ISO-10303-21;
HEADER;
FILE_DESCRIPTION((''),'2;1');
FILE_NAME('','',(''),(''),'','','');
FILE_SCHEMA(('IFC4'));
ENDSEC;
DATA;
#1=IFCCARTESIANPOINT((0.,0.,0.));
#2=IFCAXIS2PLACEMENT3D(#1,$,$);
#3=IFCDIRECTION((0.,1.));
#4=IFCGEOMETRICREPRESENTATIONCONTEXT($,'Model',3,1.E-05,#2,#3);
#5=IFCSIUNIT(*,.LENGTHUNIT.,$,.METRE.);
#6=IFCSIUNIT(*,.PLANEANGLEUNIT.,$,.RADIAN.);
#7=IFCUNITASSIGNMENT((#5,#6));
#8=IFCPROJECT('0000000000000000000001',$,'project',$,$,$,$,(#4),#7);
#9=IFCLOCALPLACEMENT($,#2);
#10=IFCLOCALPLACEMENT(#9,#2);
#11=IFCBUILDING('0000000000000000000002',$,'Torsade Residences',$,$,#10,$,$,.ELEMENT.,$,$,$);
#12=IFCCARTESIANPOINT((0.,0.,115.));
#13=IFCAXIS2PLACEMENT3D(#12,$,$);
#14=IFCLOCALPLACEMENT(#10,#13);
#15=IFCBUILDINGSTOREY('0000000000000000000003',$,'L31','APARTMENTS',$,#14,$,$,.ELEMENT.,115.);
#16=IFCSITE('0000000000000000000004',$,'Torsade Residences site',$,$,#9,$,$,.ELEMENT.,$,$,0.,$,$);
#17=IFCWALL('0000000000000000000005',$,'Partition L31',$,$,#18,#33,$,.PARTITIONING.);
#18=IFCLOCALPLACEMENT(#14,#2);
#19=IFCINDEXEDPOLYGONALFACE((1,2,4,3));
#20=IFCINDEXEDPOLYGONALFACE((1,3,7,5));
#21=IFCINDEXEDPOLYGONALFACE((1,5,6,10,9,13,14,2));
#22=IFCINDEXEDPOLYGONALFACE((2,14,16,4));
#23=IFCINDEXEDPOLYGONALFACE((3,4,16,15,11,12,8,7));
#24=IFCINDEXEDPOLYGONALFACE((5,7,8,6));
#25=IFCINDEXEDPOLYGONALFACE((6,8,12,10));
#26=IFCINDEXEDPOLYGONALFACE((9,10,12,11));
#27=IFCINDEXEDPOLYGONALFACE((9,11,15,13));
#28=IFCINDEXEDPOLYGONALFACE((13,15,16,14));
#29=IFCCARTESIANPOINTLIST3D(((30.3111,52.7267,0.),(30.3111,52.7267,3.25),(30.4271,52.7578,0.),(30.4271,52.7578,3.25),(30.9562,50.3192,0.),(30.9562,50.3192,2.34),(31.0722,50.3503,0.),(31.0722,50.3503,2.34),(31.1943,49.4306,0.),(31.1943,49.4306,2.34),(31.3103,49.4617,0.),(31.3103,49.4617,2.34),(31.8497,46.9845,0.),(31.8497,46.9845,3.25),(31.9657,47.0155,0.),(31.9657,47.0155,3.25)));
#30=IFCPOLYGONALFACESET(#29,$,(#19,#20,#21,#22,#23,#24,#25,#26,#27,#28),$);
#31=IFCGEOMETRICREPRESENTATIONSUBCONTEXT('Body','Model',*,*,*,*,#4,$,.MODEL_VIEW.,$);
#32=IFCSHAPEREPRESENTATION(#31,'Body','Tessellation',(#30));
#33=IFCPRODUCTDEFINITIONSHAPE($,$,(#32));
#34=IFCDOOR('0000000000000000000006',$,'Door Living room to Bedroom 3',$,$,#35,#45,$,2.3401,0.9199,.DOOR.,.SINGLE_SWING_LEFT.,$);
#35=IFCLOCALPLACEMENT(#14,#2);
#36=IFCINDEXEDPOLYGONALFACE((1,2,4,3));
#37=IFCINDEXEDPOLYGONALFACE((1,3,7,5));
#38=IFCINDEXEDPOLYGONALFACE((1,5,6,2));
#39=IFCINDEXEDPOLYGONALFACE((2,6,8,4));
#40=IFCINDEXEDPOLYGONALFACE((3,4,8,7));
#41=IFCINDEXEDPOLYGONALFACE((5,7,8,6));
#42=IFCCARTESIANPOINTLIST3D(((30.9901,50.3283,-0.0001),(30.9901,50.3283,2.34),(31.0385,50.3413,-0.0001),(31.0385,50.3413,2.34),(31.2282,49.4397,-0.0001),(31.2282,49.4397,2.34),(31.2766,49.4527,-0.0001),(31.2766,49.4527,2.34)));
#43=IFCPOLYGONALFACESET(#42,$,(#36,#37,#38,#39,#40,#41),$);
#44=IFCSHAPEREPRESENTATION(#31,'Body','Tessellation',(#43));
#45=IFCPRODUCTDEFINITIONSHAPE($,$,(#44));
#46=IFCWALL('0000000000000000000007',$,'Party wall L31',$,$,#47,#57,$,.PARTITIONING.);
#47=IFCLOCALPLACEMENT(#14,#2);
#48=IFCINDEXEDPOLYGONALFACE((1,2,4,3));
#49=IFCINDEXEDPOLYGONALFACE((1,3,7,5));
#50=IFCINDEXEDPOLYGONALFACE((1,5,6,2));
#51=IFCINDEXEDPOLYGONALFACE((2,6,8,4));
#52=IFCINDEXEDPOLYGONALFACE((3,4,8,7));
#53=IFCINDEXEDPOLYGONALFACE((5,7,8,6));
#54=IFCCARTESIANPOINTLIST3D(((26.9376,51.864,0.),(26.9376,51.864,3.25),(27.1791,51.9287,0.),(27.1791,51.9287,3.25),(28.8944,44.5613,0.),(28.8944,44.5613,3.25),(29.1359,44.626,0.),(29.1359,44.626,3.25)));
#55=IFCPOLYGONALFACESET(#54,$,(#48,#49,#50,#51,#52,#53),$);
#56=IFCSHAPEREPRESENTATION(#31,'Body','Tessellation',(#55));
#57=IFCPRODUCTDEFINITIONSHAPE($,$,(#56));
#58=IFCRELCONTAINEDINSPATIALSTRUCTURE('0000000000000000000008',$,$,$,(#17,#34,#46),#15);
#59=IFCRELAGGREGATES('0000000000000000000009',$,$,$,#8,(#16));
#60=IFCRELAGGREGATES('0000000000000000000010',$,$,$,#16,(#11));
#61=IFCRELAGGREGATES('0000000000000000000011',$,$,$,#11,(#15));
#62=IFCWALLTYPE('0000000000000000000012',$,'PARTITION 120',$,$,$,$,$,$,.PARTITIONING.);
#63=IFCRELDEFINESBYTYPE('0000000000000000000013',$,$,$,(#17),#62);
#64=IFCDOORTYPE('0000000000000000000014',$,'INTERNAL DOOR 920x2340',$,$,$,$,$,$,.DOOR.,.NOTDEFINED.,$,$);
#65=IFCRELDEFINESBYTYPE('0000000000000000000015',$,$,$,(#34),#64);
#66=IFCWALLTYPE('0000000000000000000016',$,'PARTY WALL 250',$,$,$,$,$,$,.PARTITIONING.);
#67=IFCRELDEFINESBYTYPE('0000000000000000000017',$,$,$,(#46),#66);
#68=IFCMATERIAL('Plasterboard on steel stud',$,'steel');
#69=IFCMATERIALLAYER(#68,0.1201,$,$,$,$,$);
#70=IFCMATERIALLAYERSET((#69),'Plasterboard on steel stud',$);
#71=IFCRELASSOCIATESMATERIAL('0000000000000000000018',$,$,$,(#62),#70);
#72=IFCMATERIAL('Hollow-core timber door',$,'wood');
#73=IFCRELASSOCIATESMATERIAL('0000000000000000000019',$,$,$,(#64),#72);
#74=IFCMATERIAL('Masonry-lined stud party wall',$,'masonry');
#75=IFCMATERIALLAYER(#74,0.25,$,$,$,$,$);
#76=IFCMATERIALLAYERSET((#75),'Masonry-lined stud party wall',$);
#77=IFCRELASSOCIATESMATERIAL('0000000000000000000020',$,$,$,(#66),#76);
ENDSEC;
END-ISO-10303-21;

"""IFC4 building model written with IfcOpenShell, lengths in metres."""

from ifc_helpers import new_model, si_unit, direction, frame, frame_2d, origin, place, context, subcontext, project, spatial, rectangle, extrude, material, layer, layer_set, type_object, element, fill, save


model = new_model("IFC4")

# Units and contexts
model_context = context("Model", 3, precision=1e-05, world=origin(), true_north=direction((0.0, 1.0)))
body_context = subcontext(model_context, "Body", "Model", "MODEL_VIEW")
ifc_project = project(units=[si_unit("LENGTHUNIT", "METRE"), si_unit("PLANEANGLEUNIT", "RADIAN")], contexts=[model_context])

# Site, building, storey
site_placement = place(None, origin())
site = spatial("IfcSite", under=ifc_project, at=site_placement, Name="Torsade Residences site", CompositionType="ELEMENT", RefElevation=0.0)
building_placement = place(site_placement, origin())
building = spatial("IfcBuilding", under=site, at=building_placement, Name="Torsade Residences", CompositionType="ELEMENT")
storey_placement = place(building_placement, frame((0.0, 0.0, 115.0)))
storey = spatial("IfcBuildingStorey", under=building, at=storey_placement, Name="L31", Description="APARTMENTS", CompositionType="ELEMENT", Elevation=115.0)

# Shared definitions
ifc_material_1 = material(Name="Plasterboard on steel stud", Category="steel")
ifc_layer_1 = layer(ifc_material_1, 0.1201)
ifc_layer_set_1 = layer_set([ifc_layer_1], Name="Plasterboard on steel stud")
wall_type_1 = type_object("IfcWallType", Name="PARTITION 120", PredefinedType="PARTITIONING", material=ifc_layer_set_1)

# Wall, opening, door
wall_1_placement = place(storey_placement, frame((31.9077, 47.0, 0.0), z_axis=(0.0, 0.0, 1.0), x_axis=(-0.258813, 0.965928, 0.0)))
wall_1 = element("IfcWall", 1, at=wall_1_placement, inside=storey, type_object=wall_type_1, Name="Partition L31", PredefinedType="PARTITIONING", context=body_context, shape_type="SweptSolid", body=[
    extrude(rectangle(XDim=5.9448, YDim=0.1201, at=frame_2d((2.9724, 0.0))), origin(), (0.0, 0.0, 1.0), 3.25),
])
opening_1_placement = place(wall_1_placement, frame((2.5325, 0.0, 0.0)))
opening_1 = element("IfcOpeningElement", 2, at=opening_1_placement, cuts=wall_1, PredefinedType="OPENING", context=body_context, shape_type="SweptSolid", body=[
    extrude(rectangle(XDim=0.9199, YDim=2.3401, at=frame_2d((0.46, 1.1699))), frame((0.0, 0.0701, 0.0), z_axis=(0.0, -1.0, 0.0), x_axis=(1.0, 0.0, 0.0)), (0.0, 0.0, 1.0), 0.1401),
])
ifc_material_2 = material(Name="Hollow-core timber door", Category="wood")
door_type_1 = type_object("IfcDoorType", Name="INTERNAL DOOR 920x2340", OperationType="NOTDEFINED", PredefinedType="DOOR", material=ifc_material_2)
door_1_placement = place(opening_1_placement, origin())
door_1 = element("IfcDoor", 3, at=door_1_placement, inside=storey, type_object=door_type_1, Name="Door Living room to Bedroom 3", OperationType="SINGLE_SWING_LEFT", OverallHeight=2.3401, OverallWidth=0.9199, PredefinedType="DOOR", context=body_context, shape_type="SweptSolid", body=[
    extrude(rectangle(XDim=0.9199, YDim=2.3401, at=frame_2d((0.46, 1.1699))), frame((0.0, 0.0249, 0.0), z_axis=(0.0, -1.0, 0.0), x_axis=(1.0, 0.0, 0.0)), (0.0, 0.0, 1.0), 0.05),
])
fill(opening_1, door_1)

# Wall
ifc_material_3 = material(Name="Masonry-lined stud party wall", Category="masonry")
ifc_layer_2 = layer(ifc_material_3, 0.25)
ifc_layer_set_2 = layer_set([ifc_layer_2], Name="Masonry-lined stud party wall")
wall_type_2 = type_object("IfcWallType", Name="PARTY WALL 250", PredefinedType="PARTITIONING", material=ifc_layer_set_2)
wall_2_placement = place(storey_placement, frame((27.0583, 51.8965, 0.0), z_axis=(0.0, 0.0, 1.0), x_axis=(0.258822, -0.965925, 0.0)))
element("IfcWall", 4, at=wall_2_placement, inside=storey, type_object=wall_type_2, Name="Party wall L31", PredefinedType="PARTITIONING", context=body_context, shape_type="SweptSolid", body=[
    extrude(rectangle(XDim=7.5603, YDim=0.25, at=frame_2d((3.7803, 0.0))), origin(), (0.0, 0.0, 1.0), 3.25),
])

save(model, "model.ifc")
